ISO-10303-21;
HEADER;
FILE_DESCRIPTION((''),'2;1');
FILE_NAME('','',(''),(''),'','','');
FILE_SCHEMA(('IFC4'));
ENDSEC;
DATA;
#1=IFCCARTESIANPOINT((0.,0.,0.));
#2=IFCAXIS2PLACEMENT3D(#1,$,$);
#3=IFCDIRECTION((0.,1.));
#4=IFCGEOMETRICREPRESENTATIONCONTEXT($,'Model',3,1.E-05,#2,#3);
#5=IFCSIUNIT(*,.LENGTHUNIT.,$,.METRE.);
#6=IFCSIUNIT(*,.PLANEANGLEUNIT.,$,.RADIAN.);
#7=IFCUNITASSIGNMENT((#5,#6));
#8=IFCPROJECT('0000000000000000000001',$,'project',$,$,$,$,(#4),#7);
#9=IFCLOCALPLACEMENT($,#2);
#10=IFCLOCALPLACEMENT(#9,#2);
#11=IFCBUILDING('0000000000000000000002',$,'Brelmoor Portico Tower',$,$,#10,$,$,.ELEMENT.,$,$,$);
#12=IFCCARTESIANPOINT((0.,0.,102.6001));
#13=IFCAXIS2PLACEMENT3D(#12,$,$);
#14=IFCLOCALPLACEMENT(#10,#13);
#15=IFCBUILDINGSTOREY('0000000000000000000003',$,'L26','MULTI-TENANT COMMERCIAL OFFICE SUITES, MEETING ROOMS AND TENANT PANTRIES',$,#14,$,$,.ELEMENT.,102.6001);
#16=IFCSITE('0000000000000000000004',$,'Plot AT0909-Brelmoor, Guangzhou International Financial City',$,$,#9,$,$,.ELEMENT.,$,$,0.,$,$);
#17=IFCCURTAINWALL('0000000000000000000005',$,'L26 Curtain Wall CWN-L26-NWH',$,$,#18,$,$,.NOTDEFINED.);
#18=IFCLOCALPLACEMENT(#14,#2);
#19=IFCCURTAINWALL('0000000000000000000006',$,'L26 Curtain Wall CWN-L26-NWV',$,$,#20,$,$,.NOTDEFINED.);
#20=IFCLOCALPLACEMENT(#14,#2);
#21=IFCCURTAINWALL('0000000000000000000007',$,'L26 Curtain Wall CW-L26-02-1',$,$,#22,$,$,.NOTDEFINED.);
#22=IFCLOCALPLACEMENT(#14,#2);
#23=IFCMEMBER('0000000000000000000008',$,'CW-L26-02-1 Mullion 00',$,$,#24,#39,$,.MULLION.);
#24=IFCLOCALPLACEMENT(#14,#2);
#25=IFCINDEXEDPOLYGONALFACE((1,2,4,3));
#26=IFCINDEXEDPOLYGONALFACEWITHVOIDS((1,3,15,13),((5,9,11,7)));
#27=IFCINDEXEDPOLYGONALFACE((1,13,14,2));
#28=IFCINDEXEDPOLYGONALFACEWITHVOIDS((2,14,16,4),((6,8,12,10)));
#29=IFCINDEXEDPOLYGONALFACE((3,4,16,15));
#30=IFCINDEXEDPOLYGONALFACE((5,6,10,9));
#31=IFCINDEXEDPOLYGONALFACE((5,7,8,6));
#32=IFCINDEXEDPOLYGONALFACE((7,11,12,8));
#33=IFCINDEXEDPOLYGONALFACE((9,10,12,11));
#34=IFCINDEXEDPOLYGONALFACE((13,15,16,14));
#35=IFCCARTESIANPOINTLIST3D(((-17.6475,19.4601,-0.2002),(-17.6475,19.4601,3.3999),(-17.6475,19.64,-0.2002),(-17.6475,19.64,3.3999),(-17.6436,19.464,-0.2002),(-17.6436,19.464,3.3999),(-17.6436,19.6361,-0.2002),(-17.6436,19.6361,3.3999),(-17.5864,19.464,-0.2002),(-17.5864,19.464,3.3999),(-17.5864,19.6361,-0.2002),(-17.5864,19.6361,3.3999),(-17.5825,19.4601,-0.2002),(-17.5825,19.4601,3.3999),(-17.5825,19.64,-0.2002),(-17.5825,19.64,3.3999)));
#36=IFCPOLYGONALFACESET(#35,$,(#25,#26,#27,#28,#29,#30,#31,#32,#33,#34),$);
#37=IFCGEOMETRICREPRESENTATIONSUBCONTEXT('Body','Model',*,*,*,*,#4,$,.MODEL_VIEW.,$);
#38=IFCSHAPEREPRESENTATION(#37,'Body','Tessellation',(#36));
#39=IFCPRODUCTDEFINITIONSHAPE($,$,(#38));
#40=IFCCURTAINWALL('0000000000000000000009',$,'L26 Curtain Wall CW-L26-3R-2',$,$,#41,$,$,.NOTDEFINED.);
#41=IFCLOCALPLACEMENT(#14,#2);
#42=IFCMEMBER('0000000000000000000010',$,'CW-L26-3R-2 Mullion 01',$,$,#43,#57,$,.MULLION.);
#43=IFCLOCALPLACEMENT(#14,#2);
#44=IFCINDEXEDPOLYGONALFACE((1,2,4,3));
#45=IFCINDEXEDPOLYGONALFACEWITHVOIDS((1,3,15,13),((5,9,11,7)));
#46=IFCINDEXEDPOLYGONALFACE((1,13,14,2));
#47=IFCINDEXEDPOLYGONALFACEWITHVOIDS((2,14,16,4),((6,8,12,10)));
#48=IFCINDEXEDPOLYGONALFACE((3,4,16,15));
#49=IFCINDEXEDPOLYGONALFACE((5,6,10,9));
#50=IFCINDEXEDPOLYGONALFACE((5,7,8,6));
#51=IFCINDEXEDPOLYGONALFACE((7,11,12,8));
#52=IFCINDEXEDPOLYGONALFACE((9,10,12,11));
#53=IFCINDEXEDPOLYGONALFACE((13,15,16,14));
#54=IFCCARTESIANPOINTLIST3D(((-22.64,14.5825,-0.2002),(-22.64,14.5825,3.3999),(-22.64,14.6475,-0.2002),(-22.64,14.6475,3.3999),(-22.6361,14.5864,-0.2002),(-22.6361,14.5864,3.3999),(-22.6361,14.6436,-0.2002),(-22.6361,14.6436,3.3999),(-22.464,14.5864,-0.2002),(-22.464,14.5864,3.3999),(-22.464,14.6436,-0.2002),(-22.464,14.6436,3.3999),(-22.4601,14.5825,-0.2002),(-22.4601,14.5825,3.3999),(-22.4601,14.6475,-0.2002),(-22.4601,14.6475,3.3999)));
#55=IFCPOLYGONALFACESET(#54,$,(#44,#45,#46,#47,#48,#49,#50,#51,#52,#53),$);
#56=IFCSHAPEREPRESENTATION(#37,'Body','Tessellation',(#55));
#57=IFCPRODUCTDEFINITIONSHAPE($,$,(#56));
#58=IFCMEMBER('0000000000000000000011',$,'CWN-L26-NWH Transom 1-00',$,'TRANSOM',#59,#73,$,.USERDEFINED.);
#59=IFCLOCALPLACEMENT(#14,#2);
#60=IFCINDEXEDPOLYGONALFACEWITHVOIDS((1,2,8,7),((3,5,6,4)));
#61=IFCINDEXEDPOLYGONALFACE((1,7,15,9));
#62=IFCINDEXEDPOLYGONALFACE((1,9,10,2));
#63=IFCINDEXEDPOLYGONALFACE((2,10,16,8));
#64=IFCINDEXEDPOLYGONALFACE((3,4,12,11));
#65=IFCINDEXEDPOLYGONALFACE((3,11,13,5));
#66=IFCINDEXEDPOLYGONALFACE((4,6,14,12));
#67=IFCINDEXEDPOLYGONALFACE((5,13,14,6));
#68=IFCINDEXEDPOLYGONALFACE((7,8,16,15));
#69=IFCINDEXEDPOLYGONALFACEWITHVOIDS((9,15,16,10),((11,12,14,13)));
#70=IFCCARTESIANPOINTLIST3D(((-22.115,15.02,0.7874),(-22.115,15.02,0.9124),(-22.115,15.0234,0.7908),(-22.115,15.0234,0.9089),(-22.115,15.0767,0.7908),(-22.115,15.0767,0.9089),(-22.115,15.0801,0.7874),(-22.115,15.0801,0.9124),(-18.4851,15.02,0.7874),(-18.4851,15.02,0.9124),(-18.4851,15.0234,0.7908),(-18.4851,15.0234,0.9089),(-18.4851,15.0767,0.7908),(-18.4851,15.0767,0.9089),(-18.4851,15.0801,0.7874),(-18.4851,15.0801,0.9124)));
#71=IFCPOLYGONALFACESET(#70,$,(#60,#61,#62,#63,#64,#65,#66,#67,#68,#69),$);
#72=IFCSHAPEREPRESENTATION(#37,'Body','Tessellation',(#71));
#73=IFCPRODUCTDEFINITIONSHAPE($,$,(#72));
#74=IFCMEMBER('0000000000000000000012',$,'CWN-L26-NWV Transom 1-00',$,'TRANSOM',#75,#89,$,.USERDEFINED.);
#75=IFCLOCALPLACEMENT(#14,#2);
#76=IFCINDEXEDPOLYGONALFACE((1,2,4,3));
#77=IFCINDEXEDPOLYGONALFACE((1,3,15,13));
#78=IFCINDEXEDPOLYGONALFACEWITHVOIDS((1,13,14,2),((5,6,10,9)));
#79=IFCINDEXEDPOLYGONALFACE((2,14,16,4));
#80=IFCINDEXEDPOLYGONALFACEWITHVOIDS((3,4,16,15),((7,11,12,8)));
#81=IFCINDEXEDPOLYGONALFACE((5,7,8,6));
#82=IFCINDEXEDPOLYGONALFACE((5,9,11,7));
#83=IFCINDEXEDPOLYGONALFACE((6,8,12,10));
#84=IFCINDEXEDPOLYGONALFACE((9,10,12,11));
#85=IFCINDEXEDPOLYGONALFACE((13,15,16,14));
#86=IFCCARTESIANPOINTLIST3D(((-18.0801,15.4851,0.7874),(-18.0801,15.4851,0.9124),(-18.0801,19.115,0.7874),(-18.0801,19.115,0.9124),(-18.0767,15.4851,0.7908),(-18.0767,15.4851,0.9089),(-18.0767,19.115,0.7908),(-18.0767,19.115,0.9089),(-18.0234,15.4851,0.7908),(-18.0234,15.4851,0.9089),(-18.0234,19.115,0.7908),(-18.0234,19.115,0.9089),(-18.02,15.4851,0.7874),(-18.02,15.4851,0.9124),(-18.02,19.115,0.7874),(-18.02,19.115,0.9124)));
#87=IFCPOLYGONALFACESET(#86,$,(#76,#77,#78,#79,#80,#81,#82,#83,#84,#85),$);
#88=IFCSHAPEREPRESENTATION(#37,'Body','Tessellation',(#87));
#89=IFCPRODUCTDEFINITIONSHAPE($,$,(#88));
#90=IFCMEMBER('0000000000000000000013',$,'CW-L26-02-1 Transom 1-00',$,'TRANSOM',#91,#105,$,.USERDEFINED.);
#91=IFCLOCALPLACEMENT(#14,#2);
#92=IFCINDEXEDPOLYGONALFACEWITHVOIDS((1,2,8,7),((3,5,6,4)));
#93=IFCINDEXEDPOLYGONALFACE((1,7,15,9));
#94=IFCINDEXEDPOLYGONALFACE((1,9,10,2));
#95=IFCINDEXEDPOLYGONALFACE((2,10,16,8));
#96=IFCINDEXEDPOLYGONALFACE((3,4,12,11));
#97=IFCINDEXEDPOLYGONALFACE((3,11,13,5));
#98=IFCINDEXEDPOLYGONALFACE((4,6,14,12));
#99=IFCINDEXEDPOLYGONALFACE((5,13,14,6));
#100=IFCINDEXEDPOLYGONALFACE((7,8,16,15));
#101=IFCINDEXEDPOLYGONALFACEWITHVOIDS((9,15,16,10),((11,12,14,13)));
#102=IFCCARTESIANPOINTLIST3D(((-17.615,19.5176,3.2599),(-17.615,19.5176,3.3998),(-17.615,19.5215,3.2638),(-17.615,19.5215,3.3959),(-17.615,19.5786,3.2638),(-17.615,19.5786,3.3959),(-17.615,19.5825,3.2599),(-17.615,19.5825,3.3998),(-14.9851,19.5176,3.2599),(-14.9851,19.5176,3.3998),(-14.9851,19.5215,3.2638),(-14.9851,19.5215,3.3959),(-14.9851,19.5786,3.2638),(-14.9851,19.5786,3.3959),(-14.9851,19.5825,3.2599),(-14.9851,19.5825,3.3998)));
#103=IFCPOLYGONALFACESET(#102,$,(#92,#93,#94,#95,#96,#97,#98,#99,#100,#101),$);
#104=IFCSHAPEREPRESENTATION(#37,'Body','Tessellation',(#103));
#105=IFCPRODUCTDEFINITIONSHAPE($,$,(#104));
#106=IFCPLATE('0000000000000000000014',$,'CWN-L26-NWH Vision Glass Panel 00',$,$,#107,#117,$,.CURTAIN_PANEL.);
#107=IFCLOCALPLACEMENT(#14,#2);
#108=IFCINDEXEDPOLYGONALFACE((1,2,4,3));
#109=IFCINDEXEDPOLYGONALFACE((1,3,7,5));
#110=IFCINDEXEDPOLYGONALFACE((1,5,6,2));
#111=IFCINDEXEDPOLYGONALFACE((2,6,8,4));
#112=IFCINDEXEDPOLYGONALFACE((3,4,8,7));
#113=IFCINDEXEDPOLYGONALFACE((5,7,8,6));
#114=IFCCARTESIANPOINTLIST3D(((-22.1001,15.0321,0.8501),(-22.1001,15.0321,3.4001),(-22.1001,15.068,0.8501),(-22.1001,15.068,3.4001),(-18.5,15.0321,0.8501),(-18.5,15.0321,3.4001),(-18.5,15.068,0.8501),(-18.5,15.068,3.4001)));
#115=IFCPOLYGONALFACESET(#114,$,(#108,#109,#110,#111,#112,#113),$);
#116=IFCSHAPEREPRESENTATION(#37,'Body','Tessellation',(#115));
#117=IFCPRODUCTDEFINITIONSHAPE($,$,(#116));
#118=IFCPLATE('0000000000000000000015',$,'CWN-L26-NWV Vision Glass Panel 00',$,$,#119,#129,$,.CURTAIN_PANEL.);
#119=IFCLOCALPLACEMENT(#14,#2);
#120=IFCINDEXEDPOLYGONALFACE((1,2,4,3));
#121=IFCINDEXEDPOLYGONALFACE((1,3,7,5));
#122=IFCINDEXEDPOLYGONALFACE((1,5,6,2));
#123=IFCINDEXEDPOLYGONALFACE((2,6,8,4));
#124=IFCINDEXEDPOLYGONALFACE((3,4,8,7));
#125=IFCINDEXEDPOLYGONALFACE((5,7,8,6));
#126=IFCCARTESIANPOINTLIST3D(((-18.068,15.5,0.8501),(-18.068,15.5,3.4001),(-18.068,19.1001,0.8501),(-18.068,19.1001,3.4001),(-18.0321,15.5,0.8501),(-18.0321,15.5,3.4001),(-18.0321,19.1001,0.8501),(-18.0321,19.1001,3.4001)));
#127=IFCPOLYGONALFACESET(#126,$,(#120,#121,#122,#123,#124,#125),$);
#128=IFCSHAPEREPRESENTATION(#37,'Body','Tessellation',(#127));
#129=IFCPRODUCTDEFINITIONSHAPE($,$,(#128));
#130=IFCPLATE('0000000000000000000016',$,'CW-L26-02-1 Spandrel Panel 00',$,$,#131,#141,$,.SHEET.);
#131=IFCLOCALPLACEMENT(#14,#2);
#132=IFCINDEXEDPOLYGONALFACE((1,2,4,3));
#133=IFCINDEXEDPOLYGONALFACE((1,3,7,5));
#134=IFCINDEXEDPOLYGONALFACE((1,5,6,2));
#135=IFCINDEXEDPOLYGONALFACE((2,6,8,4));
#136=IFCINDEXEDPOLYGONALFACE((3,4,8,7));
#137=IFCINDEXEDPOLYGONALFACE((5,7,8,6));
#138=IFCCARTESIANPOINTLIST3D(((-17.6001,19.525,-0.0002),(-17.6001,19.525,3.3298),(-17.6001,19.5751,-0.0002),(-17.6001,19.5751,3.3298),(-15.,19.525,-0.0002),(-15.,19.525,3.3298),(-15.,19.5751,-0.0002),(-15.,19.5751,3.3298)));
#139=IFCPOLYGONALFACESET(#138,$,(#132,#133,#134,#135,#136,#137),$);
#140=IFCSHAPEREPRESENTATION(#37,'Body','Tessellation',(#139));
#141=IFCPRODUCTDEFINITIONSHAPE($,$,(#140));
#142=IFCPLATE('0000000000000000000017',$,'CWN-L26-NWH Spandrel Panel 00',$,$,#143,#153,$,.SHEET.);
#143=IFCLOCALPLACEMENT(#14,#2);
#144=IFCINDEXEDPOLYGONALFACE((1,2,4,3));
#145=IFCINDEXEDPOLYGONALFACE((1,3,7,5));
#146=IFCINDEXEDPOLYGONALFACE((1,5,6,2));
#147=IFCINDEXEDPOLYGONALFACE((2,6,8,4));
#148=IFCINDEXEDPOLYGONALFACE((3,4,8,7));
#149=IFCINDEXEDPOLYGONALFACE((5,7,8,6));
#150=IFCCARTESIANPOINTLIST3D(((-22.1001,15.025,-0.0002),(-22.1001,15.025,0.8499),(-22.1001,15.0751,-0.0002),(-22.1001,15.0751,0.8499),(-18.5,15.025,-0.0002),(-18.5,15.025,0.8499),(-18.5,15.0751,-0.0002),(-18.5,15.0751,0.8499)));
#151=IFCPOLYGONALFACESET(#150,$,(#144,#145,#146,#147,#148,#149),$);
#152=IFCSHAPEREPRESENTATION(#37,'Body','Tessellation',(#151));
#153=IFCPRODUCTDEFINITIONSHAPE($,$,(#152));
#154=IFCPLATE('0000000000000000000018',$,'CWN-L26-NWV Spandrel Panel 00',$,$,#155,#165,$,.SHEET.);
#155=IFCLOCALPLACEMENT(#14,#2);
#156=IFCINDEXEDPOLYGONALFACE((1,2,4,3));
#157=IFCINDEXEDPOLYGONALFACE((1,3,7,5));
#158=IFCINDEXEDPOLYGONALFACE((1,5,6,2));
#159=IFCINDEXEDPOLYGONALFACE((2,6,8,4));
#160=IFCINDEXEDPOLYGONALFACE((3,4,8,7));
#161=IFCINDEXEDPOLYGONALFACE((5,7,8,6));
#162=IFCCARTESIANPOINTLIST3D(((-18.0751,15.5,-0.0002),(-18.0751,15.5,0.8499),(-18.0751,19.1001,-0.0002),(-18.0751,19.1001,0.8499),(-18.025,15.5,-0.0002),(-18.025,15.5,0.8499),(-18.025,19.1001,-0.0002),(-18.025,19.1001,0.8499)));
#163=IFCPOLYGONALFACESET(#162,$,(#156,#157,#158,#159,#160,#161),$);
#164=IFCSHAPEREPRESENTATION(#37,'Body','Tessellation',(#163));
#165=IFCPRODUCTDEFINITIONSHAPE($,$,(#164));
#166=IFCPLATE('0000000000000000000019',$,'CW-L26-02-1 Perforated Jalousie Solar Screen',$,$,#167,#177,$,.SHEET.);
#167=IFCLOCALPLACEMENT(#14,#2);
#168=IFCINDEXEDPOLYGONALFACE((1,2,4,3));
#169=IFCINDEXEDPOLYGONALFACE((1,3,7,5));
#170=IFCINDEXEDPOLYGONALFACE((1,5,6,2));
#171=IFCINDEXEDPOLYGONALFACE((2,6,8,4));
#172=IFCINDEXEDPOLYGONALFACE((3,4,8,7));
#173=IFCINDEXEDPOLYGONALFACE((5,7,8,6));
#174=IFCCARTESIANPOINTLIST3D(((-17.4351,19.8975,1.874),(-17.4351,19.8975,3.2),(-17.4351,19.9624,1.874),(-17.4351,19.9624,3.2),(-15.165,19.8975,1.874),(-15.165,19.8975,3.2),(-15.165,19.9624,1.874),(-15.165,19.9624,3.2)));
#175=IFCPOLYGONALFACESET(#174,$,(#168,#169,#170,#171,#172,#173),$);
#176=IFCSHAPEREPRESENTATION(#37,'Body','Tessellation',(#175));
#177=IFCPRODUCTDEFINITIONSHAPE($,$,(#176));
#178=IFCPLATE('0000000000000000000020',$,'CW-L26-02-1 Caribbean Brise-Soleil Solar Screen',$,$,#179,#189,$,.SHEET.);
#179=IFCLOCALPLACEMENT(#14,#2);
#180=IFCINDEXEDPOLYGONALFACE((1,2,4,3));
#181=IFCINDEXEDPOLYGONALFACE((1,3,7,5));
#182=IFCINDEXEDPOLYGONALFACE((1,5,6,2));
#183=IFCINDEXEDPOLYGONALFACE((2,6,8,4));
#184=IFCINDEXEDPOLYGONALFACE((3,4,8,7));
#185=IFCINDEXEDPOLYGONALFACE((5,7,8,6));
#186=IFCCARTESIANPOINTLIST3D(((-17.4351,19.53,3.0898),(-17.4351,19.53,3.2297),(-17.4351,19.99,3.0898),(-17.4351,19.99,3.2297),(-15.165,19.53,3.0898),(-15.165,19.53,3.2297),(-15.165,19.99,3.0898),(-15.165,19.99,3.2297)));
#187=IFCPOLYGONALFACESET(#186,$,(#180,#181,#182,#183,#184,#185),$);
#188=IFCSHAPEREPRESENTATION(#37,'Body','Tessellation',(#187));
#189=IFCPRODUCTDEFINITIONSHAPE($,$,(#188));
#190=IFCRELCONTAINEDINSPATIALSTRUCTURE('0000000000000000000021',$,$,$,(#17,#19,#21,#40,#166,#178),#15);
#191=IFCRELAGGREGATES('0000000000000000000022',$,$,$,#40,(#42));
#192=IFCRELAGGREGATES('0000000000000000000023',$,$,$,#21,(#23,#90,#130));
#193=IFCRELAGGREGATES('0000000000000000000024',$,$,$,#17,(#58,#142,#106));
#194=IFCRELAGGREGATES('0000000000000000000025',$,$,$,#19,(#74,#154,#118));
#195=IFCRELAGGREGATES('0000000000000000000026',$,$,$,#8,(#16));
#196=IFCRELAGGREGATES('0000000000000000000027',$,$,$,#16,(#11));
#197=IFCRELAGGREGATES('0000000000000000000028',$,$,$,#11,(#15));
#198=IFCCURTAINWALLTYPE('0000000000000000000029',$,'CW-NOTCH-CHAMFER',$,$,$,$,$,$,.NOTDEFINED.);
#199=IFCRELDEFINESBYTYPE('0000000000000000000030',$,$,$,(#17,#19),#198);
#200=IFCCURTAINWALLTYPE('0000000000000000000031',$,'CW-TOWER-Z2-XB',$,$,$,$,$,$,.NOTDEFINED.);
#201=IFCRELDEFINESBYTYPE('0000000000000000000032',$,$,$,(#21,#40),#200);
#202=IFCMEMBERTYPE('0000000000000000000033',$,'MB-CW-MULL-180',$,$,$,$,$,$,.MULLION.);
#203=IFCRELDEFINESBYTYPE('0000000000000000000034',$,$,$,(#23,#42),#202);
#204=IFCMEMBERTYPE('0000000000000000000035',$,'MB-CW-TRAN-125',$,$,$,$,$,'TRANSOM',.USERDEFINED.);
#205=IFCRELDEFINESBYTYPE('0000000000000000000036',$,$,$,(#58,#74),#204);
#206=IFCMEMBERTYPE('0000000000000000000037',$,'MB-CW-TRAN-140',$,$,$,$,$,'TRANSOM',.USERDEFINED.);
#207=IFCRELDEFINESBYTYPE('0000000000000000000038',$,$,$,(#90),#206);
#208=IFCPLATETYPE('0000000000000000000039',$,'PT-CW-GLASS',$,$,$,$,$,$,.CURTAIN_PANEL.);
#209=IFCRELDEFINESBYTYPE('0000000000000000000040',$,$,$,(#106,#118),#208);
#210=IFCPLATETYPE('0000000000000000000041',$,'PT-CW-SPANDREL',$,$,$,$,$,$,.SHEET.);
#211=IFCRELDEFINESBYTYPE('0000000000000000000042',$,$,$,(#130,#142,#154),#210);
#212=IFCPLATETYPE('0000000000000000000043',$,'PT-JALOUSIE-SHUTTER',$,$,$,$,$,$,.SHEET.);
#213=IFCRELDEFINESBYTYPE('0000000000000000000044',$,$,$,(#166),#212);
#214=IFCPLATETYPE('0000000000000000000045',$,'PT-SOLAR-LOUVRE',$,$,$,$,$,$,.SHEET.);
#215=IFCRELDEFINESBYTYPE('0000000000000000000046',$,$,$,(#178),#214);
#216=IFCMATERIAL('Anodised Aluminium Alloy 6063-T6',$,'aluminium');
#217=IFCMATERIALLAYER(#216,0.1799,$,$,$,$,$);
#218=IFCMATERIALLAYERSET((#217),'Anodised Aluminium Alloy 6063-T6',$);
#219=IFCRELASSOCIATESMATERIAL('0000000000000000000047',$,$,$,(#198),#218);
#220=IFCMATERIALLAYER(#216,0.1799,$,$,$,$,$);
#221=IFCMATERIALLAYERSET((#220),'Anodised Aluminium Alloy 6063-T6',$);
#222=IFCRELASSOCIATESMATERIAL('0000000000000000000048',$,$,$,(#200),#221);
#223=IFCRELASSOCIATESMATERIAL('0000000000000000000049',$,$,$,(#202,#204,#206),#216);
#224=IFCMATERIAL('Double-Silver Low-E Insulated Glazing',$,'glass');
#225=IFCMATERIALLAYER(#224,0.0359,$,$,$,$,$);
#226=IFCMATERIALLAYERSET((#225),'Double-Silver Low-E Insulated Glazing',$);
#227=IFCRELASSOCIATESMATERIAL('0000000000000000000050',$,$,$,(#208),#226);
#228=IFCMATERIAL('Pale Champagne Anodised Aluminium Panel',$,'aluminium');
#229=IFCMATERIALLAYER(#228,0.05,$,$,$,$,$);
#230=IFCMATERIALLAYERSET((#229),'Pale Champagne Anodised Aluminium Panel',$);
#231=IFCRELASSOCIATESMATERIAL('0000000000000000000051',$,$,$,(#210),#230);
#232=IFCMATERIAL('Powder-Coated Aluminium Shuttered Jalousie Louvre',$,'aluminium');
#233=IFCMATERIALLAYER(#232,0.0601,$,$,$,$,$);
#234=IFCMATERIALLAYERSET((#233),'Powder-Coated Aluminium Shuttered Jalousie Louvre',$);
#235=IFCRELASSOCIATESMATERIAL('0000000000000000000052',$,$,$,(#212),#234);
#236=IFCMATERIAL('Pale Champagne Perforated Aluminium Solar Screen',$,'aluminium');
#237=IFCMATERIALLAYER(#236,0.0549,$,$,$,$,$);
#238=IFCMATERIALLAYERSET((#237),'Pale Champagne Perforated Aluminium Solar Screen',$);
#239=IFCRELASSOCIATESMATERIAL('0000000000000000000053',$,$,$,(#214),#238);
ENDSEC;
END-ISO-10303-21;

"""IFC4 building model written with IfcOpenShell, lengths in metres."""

from ifc_helpers import new_model, si_unit, direction, frame, origin, origin_2d, place, context, subcontext, project, spatial, rectangle, hollow_rectangle, extrude, material, layer, layer_set, material_profile, profile_set, type_object, element, aggregate, save


model = new_model("IFC4")

# Units and contexts
model_context = context("Model", 3, precision=1e-05, world=origin(), true_north=direction((0.0, 1.0)))
body_context = subcontext(model_context, "Body", "Model", "MODEL_VIEW")
ifc_project = project(units=[si_unit("LENGTHUNIT", "METRE"), si_unit("PLANEANGLEUNIT", "RADIAN")], contexts=[model_context])

# Site, building, storey
site_placement = place(None, origin())
site = spatial("IfcSite", under=ifc_project, at=site_placement, Name="Plot AT0909-Brelmoor, Guangzhou International Financial City", CompositionType="ELEMENT", RefElevation=0.0)
building_placement = place(site_placement, origin())
building = spatial("IfcBuilding", under=site, at=building_placement, Name="Brelmoor Portico Tower", CompositionType="ELEMENT")
storey_placement = place(building_placement, frame((0.0, 0.0, 102.6001)))
storey = spatial("IfcBuildingStorey", under=building, at=storey_placement, Name="L26", Description="MULTI-TENANT COMMERCIAL OFFICE SUITES, MEETING ROOMS AND TENANT PANTRIES", CompositionType="ELEMENT", Elevation=102.6001)

# Curtain walls
ifc_material_1 = material(Name="Anodised Aluminium Alloy 6063-T6", Category="aluminium")
ifc_layer_1 = layer(ifc_material_1, 0.1799)
ifc_layer_set_1 = layer_set([ifc_layer_1], Name="Anodised Aluminium Alloy 6063-T6")
curtain_wall_type_1 = type_object("IfcCurtainWallType", Name="CW-NOTCH-CHAMFER", PredefinedType="NOTDEFINED", material=ifc_layer_set_1)
curtain_wall_1_placement = place(storey_placement, origin())
curtain_wall_1 = element("IfcCurtainWall", 1, at=curtain_wall_1_placement, inside=storey, type_object=curtain_wall_type_1, Name="L26 Curtain Wall CWN-L26-NWH", PredefinedType="NOTDEFINED")
curtain_wall_2_placement = place(storey_placement, origin())
curtain_wall_2 = element("IfcCurtainWall", 2, at=curtain_wall_2_placement, inside=storey, type_object=curtain_wall_type_1, Name="L26 Curtain Wall CWN-L26-NWV", PredefinedType="NOTDEFINED")

# Curtain walls, members
ifc_layer_2 = layer(ifc_material_1, 0.1799)
ifc_layer_set_2 = layer_set([ifc_layer_2], Name="Anodised Aluminium Alloy 6063-T6")
curtain_wall_type_2 = type_object("IfcCurtainWallType", Name="CW-TOWER-Z2-XB", PredefinedType="NOTDEFINED", material=ifc_layer_set_2)
curtain_wall_3_placement = place(storey_placement, origin())
curtain_wall_3 = element("IfcCurtainWall", 3, at=curtain_wall_3_placement, inside=storey, type_object=curtain_wall_type_2, Name="L26 Curtain Wall CW-L26-02-1", PredefinedType="NOTDEFINED")
ifc_material_profile_1 = material_profile(ifc_material_1, hollow_rectangle(XDim=0.0649, YDim=0.1799, WallThickness=0.0039, at=origin_2d()), Name="ALU MULLION 65x180")
ifc_profile_set_1 = profile_set([ifc_material_profile_1], Name="Anodised Aluminium Alloy 6063-T6")
member_type_1 = type_object("IfcMemberType", Name="MB-CW-MULL-180", PredefinedType="MULLION", material=ifc_profile_set_1)
member_1_placement = place(storey_placement, frame((-17.615, 19.55, -0.2002), z_axis=(0.0, 0.0, 1.0), x_axis=(1.0, 0.0, 0.0)))
member_1 = element("IfcMember", 4, at=member_1_placement, type_object=member_type_1, Name="CW-L26-02-1 Mullion 00", PredefinedType="MULLION", context=body_context, shape_type="SweptSolid", body=[
    extrude(hollow_rectangle(XDim=0.0649, YDim=0.1799, WallThickness=0.0039, at=origin_2d()), origin(), (0.0, 0.0, 1.0), 3.6001),
])
curtain_wall_4_placement = place(storey_placement, origin())
curtain_wall_4 = element("IfcCurtainWall", 5, at=curtain_wall_4_placement, inside=storey, type_object=curtain_wall_type_2, Name="L26 Curtain Wall CW-L26-3R-2", PredefinedType="NOTDEFINED")
member_2_placement = place(storey_placement, frame((-22.55, 14.615, -0.2002), z_axis=(0.0, 0.0, 1.0), x_axis=(0.0, 1.0, 0.0)))
member_2 = element("IfcMember", 6, at=member_2_placement, type_object=member_type_1, Name="CW-L26-3R-2 Mullion 01", PredefinedType="MULLION", context=body_context, shape_type="SweptSolid", body=[
    extrude(hollow_rectangle(XDim=0.0649, YDim=0.1799, WallThickness=0.0039, at=origin_2d()), origin(), (0.0, 0.0, 1.0), 3.6001),
])
aggregate(curtain_wall_4, [member_2])

# Members
ifc_material_profile_2 = material_profile(ifc_material_1, hollow_rectangle(XDim=0.0601, YDim=0.125, WallThickness=0.0034, at=origin_2d()), Name="ALU TRANSOM 60x125")
ifc_profile_set_2 = profile_set([ifc_material_profile_2], Name="Anodised Aluminium Alloy 6063-T6")
member_type_2 = type_object("IfcMemberType", Name="MB-CW-TRAN-125", ElementType="TRANSOM", PredefinedType="USERDEFINED", material=ifc_profile_set_2)
member_3_placement = place(storey_placement, frame((-22.115, 15.05, 0.8499), z_axis=(1.0, 0.0, 0.0), x_axis=(0.0, 1.0, 0.0)))
member_3 = element("IfcMember", 7, at=member_3_placement, type_object=member_type_2, Name="CWN-L26-NWH Transom 1-00", ObjectType="TRANSOM", PredefinedType="USERDEFINED", context=body_context, shape_type="SweptSolid", body=[
    extrude(hollow_rectangle(XDim=0.0601, YDim=0.125, WallThickness=0.0034, at=origin_2d()), origin(), (0.0, 0.0, 1.0), 3.6299),
])
member_4_placement = place(storey_placement, frame((-18.05, 15.4851, 0.8499), z_axis=(0.0, 1.0, 0.0), x_axis=(-1.0, 0.0, 0.0)))
member_4 = element("IfcMember", 8, at=member_4_placement, type_object=member_type_2, Name="CWN-L26-NWV Transom 1-00", ObjectType="TRANSOM", PredefinedType="USERDEFINED", context=body_context, shape_type="SweptSolid", body=[
    extrude(hollow_rectangle(XDim=0.0601, YDim=0.125, WallThickness=0.0034, at=origin_2d()), origin(), (0.0, 0.0, 1.0), 3.6299),
])
ifc_material_profile_3 = material_profile(ifc_material_1, hollow_rectangle(XDim=0.0649, YDim=0.1399, WallThickness=0.0039, at=origin_2d()), Name="ALU TRANSOM 65x140")
ifc_profile_set_3 = profile_set([ifc_material_profile_3], Name="Anodised Aluminium Alloy 6063-T6")
member_type_3 = type_object("IfcMemberType", Name="MB-CW-TRAN-140", ElementType="TRANSOM", PredefinedType="USERDEFINED", material=ifc_profile_set_3)
member_5_placement = place(storey_placement, frame((-17.615, 19.55, 3.3298), z_axis=(1.0, 0.0, 0.0), x_axis=(0.0, 1.0, 0.0)))
member_5 = element("IfcMember", 9, at=member_5_placement, type_object=member_type_3, Name="CW-L26-02-1 Transom 1-00", ObjectType="TRANSOM", PredefinedType="USERDEFINED", context=body_context, shape_type="SweptSolid", body=[
    extrude(hollow_rectangle(XDim=0.0649, YDim=0.1399, WallThickness=0.0039, at=origin_2d()), origin(), (0.0, 0.0, 1.0), 2.6299),
])

# Plates
ifc_material_2 = material(Name="Double-Silver Low-E Insulated Glazing", Category="glass")
ifc_layer_3 = layer(ifc_material_2, 0.0359)
ifc_layer_set_3 = layer_set([ifc_layer_3], Name="Double-Silver Low-E Insulated Glazing")
plate_type_1 = type_object("IfcPlateType", Name="PT-CW-GLASS", PredefinedType="CURTAIN_PANEL", material=ifc_layer_set_3)
plate_1_placement = place(storey_placement, frame((-20.3, 15.05, 0.8501), z_axis=(0.0, 0.0, 1.0), x_axis=(1.0, 0.0, 0.0)))
plate_1 = element("IfcPlate", 10, at=plate_1_placement, type_object=plate_type_1, Name="CWN-L26-NWH Vision Glass Panel 00", PredefinedType="CURTAIN_PANEL", context=body_context, shape_type="SweptSolid", body=[
    extrude(rectangle(XDim=3.6001, YDim=0.0359, at=origin_2d()), origin(), (0.0, 0.0, 1.0), 2.55),
])
plate_2_placement = place(storey_placement, frame((-18.05, 17.3, 0.8501), z_axis=(0.0, 0.0, 1.0), x_axis=(0.0, 1.0, 0.0)))
plate_2 = element("IfcPlate", 11, at=plate_2_placement, type_object=plate_type_1, Name="CWN-L26-NWV Vision Glass Panel 00", PredefinedType="CURTAIN_PANEL", context=body_context, shape_type="SweptSolid", body=[
    extrude(rectangle(XDim=3.6001, YDim=0.0359, at=origin_2d()), origin(), (0.0, 0.0, 1.0), 2.55),
])
ifc_material_3 = material(Name="Pale Champagne Anodised Aluminium Panel", Category="aluminium")
ifc_layer_4 = layer(ifc_material_3, 0.05)
ifc_layer_set_4 = layer_set([ifc_layer_4], Name="Pale Champagne Anodised Aluminium Panel")
plate_type_2 = type_object("IfcPlateType", Name="PT-CW-SPANDREL", PredefinedType="SHEET", material=ifc_layer_set_4)
plate_3_placement = place(storey_placement, frame((-16.3, 19.55, -0.0002), z_axis=(0.0, 0.0, 1.0), x_axis=(1.0, 0.0, 0.0)))
plate_3 = element("IfcPlate", 12, at=plate_3_placement, type_object=plate_type_2, Name="CW-L26-02-1 Spandrel Panel 00", PredefinedType="SHEET", context=body_context, shape_type="SweptSolid", body=[
    extrude(rectangle(XDim=2.6001, YDim=0.05, at=origin_2d()), origin(), (0.0, 0.0, 1.0), 3.3301),
])
aggregate(curtain_wall_3, [member_1, member_5, plate_3])
plate_4_placement = place(storey_placement, frame((-20.3, 15.05, -0.0002), z_axis=(0.0, 0.0, 1.0), x_axis=(1.0, 0.0, 0.0)))
plate_4 = element("IfcPlate", 13, at=plate_4_placement, type_object=plate_type_2, Name="CWN-L26-NWH Spandrel Panel 00", PredefinedType="SHEET", context=body_context, shape_type="SweptSolid", body=[
    extrude(rectangle(XDim=3.6001, YDim=0.05, at=origin_2d()), origin(), (0.0, 0.0, 1.0), 0.8501),
])
aggregate(curtain_wall_1, [member_3, plate_4, plate_1])
plate_5_placement = place(storey_placement, frame((-18.05, 17.3, -0.0002), z_axis=(0.0, 0.0, 1.0), x_axis=(0.0, 1.0, 0.0)))
plate_5 = element("IfcPlate", 14, at=plate_5_placement, type_object=plate_type_2, Name="CWN-L26-NWV Spandrel Panel 00", PredefinedType="SHEET", context=body_context, shape_type="SweptSolid", body=[
    extrude(rectangle(XDim=3.6001, YDim=0.05, at=origin_2d()), origin(), (0.0, 0.0, 1.0), 0.8501),
])
aggregate(curtain_wall_2, [member_4, plate_5, plate_2])

# Plates
ifc_material_4 = material(Name="Powder-Coated Aluminium Shuttered Jalousie Louvre", Category="aluminium")
ifc_layer_5 = layer(ifc_material_4, 0.0601)
ifc_layer_set_5 = layer_set([ifc_layer_5], Name="Powder-Coated Aluminium Shuttered Jalousie Louvre")
plate_type_3 = type_object("IfcPlateType", Name="PT-JALOUSIE-SHUTTER", PredefinedType="SHEET", material=ifc_layer_set_5)
plate_6_placement = place(storey_placement, frame((-16.3, 19.9299, 1.874), z_axis=(0.0, 0.0, 1.0), x_axis=(1.0, 0.0, 0.0)))
element("IfcPlate", 15, at=plate_6_placement, inside=storey, type_object=plate_type_3, Name="CW-L26-02-1 Perforated Jalousie Solar Screen", PredefinedType="SHEET", context=body_context, shape_type="SweptSolid", body=[
    extrude(rectangle(XDim=2.27, YDim=0.0649, at=origin_2d()), origin(), (0.0, 0.0, 1.0), 1.3259),
])
ifc_material_5 = material(Name="Pale Champagne Perforated Aluminium Solar Screen", Category="aluminium")
ifc_layer_6 = layer(ifc_material_5, 0.0549)
ifc_layer_set_6 = layer_set([ifc_layer_6], Name="Pale Champagne Perforated Aluminium Solar Screen")
plate_type_4 = type_object("IfcPlateType", Name="PT-SOLAR-LOUVRE", PredefinedType="SHEET", material=ifc_layer_set_6)
plate_7_placement = place(storey_placement, frame((-16.3, 19.76, 3.0898), z_axis=(0.0, 0.0, 1.0), x_axis=(1.0, 0.0, 0.0)))
element("IfcPlate", 16, at=plate_7_placement, inside=storey, type_object=plate_type_4, Name="CW-L26-02-1 Caribbean Brise-Soleil Solar Screen", PredefinedType="SHEET", context=body_context, shape_type="SweptSolid", body=[
    extrude(rectangle(XDim=2.27, YDim=0.46, at=origin_2d()), origin(), (0.0, 0.0, 1.0), 0.1399),
])

save(model, "model.ifc")
